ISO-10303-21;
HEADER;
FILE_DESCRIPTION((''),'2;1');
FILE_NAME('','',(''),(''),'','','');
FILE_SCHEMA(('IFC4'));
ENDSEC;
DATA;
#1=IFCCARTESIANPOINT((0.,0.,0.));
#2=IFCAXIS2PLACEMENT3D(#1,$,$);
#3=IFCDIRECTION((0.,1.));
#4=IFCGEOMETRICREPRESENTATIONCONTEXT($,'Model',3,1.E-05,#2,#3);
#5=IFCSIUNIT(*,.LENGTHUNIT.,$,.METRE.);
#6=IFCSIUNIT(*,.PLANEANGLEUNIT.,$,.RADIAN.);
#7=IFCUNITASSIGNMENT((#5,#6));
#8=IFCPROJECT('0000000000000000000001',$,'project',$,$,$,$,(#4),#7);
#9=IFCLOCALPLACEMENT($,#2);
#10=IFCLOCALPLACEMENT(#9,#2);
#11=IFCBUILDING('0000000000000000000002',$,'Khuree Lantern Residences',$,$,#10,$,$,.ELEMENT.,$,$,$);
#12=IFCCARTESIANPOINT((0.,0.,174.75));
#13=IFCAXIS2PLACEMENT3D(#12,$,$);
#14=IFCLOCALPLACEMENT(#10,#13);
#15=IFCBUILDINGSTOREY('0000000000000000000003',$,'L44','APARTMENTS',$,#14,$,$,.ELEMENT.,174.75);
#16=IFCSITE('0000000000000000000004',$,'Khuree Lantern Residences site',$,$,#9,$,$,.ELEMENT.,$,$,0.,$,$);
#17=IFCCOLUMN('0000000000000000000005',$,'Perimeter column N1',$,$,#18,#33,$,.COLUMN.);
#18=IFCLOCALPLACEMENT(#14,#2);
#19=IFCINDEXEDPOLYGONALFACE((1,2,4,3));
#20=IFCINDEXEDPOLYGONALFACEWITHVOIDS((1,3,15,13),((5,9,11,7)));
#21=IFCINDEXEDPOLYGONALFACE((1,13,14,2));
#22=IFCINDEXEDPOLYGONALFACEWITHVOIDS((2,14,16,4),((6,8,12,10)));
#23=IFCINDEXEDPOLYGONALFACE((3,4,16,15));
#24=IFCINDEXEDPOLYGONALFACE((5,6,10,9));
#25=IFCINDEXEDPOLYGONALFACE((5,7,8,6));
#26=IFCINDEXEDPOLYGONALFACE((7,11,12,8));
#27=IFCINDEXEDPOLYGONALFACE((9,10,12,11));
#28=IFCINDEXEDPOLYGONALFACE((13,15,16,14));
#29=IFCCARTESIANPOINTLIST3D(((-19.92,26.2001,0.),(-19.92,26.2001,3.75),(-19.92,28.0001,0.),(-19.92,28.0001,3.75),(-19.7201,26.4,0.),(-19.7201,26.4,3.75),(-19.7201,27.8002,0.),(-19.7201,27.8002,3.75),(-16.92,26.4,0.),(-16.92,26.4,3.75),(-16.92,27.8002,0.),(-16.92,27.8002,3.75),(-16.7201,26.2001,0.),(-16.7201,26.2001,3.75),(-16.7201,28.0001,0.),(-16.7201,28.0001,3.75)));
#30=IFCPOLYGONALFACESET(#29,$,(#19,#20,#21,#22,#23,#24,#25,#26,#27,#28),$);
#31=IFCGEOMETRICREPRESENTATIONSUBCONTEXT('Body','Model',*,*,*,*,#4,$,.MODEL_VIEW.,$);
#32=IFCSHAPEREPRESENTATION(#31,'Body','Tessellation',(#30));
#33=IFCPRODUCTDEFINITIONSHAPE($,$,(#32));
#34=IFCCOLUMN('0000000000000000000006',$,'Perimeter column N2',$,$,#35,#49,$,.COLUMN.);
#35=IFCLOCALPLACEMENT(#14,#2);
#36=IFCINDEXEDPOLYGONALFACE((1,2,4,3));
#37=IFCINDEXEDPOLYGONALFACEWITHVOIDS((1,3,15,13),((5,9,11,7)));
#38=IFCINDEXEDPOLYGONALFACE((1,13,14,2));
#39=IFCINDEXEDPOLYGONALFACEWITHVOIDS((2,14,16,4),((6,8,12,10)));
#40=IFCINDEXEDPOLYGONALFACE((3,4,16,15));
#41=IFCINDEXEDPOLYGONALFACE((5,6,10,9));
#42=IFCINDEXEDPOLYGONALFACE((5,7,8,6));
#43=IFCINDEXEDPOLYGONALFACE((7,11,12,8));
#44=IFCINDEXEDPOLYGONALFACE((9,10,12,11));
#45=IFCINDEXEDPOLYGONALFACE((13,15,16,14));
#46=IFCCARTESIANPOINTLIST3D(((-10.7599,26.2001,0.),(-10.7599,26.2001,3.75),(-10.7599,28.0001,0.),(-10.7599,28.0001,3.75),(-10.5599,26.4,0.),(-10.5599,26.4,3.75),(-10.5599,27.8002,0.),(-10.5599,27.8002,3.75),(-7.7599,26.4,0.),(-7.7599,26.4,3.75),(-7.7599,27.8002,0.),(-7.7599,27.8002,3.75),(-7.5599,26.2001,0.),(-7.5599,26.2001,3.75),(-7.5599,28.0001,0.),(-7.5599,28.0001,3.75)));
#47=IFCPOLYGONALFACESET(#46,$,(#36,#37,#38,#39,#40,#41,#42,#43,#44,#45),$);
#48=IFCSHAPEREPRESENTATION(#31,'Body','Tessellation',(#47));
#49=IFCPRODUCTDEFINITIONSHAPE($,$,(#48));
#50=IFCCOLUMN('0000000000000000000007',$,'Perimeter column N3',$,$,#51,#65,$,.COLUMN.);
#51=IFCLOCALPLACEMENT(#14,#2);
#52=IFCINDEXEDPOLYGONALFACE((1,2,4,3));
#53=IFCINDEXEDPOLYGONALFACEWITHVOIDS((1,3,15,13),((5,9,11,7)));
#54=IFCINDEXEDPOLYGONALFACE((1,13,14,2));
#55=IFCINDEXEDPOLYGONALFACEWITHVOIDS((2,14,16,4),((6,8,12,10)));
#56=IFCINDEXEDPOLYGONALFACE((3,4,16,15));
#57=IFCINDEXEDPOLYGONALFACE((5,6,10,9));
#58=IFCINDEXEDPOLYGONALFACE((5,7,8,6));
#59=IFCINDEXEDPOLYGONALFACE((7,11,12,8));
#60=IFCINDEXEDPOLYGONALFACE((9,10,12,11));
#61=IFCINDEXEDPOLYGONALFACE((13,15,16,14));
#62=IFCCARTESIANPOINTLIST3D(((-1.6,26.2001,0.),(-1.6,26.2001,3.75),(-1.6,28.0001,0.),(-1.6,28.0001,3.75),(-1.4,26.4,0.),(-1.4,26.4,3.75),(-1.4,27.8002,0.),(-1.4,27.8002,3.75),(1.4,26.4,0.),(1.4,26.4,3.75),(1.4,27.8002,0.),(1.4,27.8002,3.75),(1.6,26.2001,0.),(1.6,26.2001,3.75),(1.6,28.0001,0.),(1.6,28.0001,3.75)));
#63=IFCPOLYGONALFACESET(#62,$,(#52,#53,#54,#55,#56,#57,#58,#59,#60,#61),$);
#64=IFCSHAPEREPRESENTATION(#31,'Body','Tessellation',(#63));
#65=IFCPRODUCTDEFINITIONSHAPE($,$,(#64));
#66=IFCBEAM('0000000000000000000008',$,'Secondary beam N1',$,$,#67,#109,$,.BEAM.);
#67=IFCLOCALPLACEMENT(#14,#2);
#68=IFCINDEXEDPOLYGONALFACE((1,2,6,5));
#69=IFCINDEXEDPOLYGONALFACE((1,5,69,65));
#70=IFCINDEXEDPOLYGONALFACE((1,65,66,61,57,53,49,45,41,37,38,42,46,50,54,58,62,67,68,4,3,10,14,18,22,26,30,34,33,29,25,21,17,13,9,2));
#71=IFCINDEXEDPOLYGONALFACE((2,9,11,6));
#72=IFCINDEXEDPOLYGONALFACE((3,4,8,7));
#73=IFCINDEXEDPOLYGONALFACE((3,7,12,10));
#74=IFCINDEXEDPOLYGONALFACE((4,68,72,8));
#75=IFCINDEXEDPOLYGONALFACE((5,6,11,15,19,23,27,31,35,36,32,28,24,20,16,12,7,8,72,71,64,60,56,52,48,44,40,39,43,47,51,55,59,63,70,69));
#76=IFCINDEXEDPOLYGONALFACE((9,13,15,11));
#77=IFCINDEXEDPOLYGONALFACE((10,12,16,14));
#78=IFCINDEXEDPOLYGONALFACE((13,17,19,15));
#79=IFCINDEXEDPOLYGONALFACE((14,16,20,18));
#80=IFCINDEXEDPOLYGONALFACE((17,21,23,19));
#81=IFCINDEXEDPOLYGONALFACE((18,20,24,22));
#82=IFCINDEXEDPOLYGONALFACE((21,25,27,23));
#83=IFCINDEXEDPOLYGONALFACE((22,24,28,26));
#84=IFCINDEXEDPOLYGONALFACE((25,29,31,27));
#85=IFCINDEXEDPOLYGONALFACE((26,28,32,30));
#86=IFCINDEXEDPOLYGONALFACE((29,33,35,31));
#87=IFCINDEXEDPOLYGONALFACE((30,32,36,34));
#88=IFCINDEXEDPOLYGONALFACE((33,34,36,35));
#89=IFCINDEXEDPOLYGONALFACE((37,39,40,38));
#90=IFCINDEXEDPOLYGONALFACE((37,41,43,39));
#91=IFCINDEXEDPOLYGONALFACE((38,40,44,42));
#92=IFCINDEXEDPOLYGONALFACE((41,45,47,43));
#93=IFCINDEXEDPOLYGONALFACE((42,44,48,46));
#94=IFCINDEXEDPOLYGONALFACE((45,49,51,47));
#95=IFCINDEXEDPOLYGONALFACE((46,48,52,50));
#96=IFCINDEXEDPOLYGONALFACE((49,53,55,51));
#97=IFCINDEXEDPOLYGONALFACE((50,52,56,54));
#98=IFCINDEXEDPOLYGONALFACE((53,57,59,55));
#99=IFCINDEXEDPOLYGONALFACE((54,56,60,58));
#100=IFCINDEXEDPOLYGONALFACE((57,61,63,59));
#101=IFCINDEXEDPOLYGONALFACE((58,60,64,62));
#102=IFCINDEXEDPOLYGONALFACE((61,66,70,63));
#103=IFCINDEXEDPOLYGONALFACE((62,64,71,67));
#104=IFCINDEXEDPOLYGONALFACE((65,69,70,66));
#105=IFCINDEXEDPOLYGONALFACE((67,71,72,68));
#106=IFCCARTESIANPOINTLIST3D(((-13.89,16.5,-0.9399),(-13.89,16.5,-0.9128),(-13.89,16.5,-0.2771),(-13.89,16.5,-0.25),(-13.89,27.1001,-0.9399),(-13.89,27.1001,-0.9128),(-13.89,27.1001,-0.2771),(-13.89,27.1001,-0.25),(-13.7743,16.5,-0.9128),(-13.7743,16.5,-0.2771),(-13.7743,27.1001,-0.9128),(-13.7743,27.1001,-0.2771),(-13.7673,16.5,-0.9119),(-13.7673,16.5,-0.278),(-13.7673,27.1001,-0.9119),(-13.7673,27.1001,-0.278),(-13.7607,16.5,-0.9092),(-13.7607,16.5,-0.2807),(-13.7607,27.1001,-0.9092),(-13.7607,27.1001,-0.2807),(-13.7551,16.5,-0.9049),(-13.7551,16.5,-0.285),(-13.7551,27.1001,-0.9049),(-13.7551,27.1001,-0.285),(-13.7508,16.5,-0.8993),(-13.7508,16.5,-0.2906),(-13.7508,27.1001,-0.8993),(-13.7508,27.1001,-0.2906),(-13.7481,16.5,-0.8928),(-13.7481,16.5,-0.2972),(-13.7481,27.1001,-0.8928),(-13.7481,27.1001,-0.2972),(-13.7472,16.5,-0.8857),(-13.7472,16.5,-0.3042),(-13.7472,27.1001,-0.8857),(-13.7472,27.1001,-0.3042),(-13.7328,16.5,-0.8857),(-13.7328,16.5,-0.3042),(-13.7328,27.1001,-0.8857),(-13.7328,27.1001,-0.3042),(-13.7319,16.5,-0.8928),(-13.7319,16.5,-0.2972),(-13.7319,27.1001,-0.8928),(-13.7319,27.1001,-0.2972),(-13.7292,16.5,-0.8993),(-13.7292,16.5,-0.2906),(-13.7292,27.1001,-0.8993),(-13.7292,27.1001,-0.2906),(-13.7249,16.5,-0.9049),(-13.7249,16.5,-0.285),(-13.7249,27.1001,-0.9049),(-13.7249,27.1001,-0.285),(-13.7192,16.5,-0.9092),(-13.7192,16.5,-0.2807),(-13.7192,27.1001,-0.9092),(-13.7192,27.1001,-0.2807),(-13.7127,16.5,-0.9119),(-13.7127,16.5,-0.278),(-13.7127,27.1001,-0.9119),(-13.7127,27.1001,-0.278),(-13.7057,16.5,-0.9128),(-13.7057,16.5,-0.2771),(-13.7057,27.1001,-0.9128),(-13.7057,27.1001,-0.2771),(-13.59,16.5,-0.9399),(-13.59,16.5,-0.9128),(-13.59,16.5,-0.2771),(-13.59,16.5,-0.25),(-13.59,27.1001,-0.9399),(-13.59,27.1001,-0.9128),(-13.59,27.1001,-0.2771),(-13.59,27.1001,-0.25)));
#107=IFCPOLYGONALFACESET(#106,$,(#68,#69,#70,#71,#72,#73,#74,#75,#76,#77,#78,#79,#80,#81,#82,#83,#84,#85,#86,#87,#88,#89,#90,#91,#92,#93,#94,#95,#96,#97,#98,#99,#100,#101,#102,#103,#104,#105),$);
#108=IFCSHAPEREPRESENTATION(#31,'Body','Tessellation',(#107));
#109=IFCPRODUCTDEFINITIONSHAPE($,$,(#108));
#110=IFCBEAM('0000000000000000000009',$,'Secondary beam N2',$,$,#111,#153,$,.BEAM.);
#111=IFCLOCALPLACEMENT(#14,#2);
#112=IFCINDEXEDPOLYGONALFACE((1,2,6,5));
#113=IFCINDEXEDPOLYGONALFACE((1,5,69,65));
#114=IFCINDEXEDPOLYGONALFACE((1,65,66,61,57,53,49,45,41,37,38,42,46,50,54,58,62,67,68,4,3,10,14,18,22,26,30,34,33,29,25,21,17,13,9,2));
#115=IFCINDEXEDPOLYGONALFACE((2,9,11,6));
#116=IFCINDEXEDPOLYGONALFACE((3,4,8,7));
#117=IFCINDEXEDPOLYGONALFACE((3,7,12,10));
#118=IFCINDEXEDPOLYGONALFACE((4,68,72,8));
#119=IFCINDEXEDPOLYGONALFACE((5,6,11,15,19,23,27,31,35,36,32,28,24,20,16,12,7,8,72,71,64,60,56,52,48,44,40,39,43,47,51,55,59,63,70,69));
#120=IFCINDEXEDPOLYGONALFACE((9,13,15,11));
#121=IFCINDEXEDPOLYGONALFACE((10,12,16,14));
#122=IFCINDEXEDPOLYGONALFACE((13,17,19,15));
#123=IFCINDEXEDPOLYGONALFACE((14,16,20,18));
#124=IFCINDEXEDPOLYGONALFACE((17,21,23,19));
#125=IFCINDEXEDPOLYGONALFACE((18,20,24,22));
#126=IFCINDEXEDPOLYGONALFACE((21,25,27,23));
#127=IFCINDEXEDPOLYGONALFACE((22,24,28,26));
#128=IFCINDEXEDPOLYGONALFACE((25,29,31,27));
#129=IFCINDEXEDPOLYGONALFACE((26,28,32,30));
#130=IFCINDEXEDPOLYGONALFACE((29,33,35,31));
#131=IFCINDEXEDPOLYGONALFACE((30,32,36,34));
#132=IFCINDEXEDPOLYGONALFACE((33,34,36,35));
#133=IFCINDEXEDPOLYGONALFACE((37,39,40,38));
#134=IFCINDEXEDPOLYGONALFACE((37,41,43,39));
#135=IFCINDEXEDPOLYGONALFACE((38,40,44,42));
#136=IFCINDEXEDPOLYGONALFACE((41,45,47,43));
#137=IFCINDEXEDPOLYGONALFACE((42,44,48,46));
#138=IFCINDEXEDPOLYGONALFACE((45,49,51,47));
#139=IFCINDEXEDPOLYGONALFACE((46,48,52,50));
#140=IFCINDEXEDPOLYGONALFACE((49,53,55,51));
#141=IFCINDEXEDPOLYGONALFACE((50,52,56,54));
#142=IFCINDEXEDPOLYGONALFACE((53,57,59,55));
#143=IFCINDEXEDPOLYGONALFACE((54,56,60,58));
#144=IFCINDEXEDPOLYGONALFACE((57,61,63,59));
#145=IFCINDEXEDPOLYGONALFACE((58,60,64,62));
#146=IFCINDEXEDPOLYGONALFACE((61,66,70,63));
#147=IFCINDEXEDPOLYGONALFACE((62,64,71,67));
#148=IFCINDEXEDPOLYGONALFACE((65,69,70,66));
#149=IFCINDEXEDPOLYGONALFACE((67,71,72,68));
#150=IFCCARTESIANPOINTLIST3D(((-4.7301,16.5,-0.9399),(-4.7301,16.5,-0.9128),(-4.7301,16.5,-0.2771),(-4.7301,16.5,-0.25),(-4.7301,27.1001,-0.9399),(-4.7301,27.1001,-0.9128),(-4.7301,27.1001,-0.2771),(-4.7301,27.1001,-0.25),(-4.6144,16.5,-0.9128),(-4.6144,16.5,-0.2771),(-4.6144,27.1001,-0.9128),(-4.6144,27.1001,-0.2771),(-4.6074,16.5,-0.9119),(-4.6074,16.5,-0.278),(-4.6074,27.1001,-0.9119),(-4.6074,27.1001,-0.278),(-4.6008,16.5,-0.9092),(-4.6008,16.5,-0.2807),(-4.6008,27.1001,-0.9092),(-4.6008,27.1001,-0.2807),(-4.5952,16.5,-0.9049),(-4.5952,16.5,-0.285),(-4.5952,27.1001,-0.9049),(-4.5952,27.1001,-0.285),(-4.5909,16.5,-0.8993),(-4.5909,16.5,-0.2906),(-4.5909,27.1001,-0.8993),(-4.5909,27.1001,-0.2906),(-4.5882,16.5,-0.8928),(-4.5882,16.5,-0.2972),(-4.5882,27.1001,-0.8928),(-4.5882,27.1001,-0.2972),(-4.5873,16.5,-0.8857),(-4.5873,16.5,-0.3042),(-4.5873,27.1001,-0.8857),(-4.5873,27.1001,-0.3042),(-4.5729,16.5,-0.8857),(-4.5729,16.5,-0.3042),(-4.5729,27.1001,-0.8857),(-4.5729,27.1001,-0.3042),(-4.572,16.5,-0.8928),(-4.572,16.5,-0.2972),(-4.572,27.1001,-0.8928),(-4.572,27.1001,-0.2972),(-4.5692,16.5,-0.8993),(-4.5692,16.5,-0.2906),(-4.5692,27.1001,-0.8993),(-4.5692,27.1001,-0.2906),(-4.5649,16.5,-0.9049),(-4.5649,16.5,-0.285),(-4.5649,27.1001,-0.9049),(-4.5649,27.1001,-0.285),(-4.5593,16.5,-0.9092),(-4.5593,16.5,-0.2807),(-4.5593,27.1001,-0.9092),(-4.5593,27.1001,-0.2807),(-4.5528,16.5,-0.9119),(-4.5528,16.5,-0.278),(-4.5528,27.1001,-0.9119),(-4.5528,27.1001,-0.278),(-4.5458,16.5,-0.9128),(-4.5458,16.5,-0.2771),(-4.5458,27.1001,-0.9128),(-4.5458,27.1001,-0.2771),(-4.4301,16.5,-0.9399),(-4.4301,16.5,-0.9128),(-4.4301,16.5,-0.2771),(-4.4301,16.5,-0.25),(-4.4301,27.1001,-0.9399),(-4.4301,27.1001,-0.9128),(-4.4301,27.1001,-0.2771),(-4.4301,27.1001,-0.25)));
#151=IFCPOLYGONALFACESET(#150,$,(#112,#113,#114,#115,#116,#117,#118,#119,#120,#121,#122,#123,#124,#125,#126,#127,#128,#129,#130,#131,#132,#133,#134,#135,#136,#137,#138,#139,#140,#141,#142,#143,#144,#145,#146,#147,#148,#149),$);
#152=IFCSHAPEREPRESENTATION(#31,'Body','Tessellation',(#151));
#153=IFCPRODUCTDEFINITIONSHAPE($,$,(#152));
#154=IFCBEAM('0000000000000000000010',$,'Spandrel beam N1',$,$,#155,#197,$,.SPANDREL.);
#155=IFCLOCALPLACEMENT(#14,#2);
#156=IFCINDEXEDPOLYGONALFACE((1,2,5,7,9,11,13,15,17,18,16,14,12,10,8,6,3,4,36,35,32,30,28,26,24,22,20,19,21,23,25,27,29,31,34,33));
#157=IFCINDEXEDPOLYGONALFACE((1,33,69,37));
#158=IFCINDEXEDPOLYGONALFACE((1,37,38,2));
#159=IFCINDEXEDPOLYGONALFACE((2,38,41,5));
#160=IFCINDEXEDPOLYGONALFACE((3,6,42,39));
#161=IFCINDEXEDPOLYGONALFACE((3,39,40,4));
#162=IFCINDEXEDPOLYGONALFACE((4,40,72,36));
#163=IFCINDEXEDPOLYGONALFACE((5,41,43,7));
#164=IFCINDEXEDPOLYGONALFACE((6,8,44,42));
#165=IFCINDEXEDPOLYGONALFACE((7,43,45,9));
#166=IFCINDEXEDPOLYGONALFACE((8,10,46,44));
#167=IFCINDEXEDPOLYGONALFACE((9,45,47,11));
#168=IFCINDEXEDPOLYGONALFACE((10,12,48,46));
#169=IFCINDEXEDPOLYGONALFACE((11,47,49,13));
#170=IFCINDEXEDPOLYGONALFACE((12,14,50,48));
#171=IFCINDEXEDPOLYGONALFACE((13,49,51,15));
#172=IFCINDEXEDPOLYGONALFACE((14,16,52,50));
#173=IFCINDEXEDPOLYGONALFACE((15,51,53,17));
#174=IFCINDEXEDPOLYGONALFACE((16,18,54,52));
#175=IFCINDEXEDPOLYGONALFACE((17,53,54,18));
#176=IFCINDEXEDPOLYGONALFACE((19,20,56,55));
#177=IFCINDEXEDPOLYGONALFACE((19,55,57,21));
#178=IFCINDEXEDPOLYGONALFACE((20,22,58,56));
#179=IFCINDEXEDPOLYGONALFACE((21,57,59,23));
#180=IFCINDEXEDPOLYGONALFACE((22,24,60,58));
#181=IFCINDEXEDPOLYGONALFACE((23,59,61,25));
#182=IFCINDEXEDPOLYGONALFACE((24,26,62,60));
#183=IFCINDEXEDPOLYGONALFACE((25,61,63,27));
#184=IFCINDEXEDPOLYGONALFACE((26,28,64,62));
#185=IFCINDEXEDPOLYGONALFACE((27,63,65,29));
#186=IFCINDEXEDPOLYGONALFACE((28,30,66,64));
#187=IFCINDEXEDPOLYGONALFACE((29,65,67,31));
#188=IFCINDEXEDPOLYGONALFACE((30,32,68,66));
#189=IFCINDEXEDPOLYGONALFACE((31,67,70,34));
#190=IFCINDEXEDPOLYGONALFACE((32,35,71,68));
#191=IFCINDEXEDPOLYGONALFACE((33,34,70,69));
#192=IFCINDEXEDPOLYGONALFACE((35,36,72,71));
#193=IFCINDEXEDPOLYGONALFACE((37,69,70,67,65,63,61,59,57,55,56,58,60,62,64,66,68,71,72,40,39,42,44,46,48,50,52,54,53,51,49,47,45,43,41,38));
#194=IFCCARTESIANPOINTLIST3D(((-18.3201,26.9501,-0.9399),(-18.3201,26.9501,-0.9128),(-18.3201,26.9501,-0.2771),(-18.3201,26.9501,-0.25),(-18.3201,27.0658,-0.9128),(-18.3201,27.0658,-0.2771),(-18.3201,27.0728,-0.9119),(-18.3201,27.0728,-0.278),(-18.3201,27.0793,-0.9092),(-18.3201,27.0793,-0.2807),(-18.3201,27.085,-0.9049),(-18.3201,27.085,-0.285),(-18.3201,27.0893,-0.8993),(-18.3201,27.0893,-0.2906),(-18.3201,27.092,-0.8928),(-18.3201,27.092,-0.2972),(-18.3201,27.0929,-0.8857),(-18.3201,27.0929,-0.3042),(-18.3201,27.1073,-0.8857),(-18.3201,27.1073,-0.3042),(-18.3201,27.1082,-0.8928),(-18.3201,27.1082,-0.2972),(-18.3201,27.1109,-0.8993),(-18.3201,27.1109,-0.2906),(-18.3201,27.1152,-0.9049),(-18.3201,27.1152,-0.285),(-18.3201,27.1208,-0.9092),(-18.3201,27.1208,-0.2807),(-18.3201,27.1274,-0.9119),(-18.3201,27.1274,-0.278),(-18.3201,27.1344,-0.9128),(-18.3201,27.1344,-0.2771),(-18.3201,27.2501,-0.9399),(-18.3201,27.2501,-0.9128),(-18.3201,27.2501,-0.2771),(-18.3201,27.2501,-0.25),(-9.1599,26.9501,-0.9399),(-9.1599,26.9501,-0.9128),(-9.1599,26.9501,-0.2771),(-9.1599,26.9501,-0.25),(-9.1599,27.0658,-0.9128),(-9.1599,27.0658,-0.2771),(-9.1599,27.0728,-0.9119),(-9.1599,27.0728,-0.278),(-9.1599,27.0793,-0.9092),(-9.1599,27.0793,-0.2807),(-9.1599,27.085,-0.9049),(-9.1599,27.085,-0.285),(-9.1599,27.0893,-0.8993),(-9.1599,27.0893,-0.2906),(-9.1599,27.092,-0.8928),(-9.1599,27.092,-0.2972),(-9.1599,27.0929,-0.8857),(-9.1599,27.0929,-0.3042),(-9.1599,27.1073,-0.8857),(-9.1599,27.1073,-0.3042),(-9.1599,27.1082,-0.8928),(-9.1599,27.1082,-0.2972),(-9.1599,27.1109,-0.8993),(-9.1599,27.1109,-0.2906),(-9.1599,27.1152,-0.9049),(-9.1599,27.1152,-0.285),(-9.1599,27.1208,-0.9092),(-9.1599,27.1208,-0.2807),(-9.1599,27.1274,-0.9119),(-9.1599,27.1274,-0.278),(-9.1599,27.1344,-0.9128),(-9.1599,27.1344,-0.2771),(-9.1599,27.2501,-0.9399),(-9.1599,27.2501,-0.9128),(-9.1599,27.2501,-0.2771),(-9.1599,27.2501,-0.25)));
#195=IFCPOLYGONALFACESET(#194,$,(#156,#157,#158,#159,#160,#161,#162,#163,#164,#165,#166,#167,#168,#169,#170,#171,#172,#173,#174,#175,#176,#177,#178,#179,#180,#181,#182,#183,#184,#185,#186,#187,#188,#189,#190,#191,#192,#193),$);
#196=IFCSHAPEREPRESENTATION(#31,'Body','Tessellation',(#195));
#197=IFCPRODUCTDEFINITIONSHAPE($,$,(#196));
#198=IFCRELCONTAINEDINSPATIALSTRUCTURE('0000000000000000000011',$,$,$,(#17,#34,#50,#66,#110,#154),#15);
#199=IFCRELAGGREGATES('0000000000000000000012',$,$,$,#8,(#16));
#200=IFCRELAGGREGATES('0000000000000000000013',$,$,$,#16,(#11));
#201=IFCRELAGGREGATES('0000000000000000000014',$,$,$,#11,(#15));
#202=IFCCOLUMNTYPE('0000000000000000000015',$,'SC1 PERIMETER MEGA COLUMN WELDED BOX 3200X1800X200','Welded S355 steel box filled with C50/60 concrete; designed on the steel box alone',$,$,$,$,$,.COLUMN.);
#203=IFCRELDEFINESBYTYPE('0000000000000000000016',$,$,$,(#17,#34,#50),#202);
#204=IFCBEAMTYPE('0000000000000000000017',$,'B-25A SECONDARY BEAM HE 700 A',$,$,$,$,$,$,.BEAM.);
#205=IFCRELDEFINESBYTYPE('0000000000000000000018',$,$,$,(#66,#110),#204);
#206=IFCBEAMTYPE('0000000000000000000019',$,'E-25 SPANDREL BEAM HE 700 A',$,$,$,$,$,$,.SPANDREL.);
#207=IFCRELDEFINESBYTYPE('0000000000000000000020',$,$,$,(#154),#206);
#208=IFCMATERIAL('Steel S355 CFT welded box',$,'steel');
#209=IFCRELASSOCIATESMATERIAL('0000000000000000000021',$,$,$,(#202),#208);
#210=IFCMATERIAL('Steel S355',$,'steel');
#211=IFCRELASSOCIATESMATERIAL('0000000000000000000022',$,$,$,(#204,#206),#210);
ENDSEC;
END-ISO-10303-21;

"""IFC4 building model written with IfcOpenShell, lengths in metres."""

from ifc_helpers import new_model, si_unit, direction, frame, origin, origin_2d, place, context, subcontext, project, spatial, hollow_rectangle, i_section, extrude, material, material_profile, profile_set, type_object, element, save


model = new_model("IFC4")

# Units and contexts
model_context = context("Model", 3, precision=1e-05, world=origin(), true_north=direction((0.0, 1.0)))
body_context = subcontext(model_context, "Body", "Model", "MODEL_VIEW")
ifc_project = project(units=[si_unit("LENGTHUNIT", "METRE"), si_unit("PLANEANGLEUNIT", "RADIAN")], contexts=[model_context])

# Site, building, storey
site_placement = place(None, origin())
site = spatial("IfcSite", under=ifc_project, at=site_placement, Name="Khuree Lantern Residences site", CompositionType="ELEMENT", RefElevation=0.0)
building_placement = place(site_placement, origin())
building = spatial("IfcBuilding", under=site, at=building_placement, Name="Khuree Lantern Residences", CompositionType="ELEMENT")
storey_placement = place(building_placement, frame((0.0, 0.0, 174.75)))
storey = spatial("IfcBuildingStorey", under=building, at=storey_placement, Name="L44", Description="APARTMENTS", CompositionType="ELEMENT", Elevation=174.75)

# Columns
ifc_material_1 = material(Name="Steel S355 CFT welded box", Category="steel")
ifc_material_profile_1 = material_profile(ifc_material_1, hollow_rectangle(XDim=3.2, YDim=1.8, WallThickness=0.2, at=origin_2d()), Name="WELDED BOX 3200X1800X200")
ifc_profile_set_1 = profile_set([ifc_material_profile_1], Name="Steel S355 CFT welded box")
column_type = type_object("IfcColumnType", Name="SC1 PERIMETER MEGA COLUMN WELDED BOX 3200X1800X200", Description="Welded S355 steel box filled with C50/60 concrete; designed on the steel box alone", PredefinedType="COLUMN", material=ifc_profile_set_1)
for number, where, z_axis, x_axis, name in (
    (1, (-18.3201, 27.1001, 0.0), (0.0, 0.0, 1.0), (1.0, 0.0, 0.0), "Perimeter column N1"),
    (2, (-9.1599, 27.1001, 0.0), (0.0, 0.0, 1.0), (1.0, 0.0, 0.0), "Perimeter column N2"),
    (3, (0.0, 27.1001, 0.0), (0.0, 0.0, 1.0), (1.0, 0.0, 0.0), "Perimeter column N3"),
):
    element("IfcColumn", number, at=place(storey_placement, frame(where, z_axis=z_axis, x_axis=x_axis)), inside=storey, type_object=column_type, Name=name, PredefinedType="COLUMN", context=body_context, shape_type="SweptSolid", body=[
        extrude(hollow_rectangle(XDim=3.2, YDim=1.8, WallThickness=0.2, at=origin_2d()), origin(), (0.0, 0.0, 1.0), 3.75),
    ])

# Beams
ifc_material_2 = material(Name="Steel S355", Category="steel")
ifc_material_profile_2 = material_profile(ifc_material_2, i_section(OverallWidth=0.3, OverallDepth=0.6899, WebThickness=0.0144, FlangeThickness=0.0271, FilletRadius=0.0271, at=origin_2d()), Name="HE 700 A")
ifc_profile_set_2 = profile_set([ifc_material_profile_2], Name="Steel S355")
beam_type_1 = type_object("IfcBeamType", Name="B-25A SECONDARY BEAM HE 700 A", PredefinedType="BEAM", material=ifc_profile_set_2)
for number, where, z_axis, x_axis, name in (
    (4, (-13.74, 27.1001, -0.595), (0.0, -1.0, 0.0), (1.0, 0.0, 0.0), "Secondary beam N1"),
    (5, (-4.5801, 27.1001, -0.595), (0.0, -1.0, 0.0), (1.0, 0.0, 0.0), "Secondary beam N2"),
):
    element("IfcBeam", number, at=place(storey_placement, frame(where, z_axis=z_axis, x_axis=x_axis)), inside=storey, type_object=beam_type_1, Name=name, PredefinedType="BEAM", context=body_context, shape_type="SweptSolid", body=[
        extrude(i_section(OverallWidth=0.3, OverallDepth=0.6899, WebThickness=0.0144, FlangeThickness=0.0271, FilletRadius=0.0271, at=origin_2d()), origin(), (0.0, 0.0, 1.0), 10.6001),
    ])
ifc_material_profile_3 = material_profile(ifc_material_2, i_section(OverallWidth=0.3, OverallDepth=0.6899, WebThickness=0.0144, FlangeThickness=0.0271, FilletRadius=0.0271, at=origin_2d()), Name="HE 700 A")
ifc_profile_set_3 = profile_set([ifc_material_profile_3], Name="Steel S355")
beam_type_2 = type_object("IfcBeamType", Name="E-25 SPANDREL BEAM HE 700 A", PredefinedType="SPANDREL", material=ifc_profile_set_3)
beam_1_placement = place(storey_placement, frame((-18.3201, 27.1001, -0.595), z_axis=(1.0, 0.0, 0.0), x_axis=(0.0, 1.0, 0.0)))
element("IfcBeam", 6, at=beam_1_placement, inside=storey, type_object=beam_type_2, Name="Spandrel beam N1", PredefinedType="SPANDREL", context=body_context, shape_type="SweptSolid", body=[
    extrude(i_section(OverallWidth=0.3, OverallDepth=0.6899, WebThickness=0.0144, FlangeThickness=0.0271, FilletRadius=0.0271, at=origin_2d()), origin(), (0.0, 0.0, 1.0), 9.1602),
])

save(model, "model.ifc")
